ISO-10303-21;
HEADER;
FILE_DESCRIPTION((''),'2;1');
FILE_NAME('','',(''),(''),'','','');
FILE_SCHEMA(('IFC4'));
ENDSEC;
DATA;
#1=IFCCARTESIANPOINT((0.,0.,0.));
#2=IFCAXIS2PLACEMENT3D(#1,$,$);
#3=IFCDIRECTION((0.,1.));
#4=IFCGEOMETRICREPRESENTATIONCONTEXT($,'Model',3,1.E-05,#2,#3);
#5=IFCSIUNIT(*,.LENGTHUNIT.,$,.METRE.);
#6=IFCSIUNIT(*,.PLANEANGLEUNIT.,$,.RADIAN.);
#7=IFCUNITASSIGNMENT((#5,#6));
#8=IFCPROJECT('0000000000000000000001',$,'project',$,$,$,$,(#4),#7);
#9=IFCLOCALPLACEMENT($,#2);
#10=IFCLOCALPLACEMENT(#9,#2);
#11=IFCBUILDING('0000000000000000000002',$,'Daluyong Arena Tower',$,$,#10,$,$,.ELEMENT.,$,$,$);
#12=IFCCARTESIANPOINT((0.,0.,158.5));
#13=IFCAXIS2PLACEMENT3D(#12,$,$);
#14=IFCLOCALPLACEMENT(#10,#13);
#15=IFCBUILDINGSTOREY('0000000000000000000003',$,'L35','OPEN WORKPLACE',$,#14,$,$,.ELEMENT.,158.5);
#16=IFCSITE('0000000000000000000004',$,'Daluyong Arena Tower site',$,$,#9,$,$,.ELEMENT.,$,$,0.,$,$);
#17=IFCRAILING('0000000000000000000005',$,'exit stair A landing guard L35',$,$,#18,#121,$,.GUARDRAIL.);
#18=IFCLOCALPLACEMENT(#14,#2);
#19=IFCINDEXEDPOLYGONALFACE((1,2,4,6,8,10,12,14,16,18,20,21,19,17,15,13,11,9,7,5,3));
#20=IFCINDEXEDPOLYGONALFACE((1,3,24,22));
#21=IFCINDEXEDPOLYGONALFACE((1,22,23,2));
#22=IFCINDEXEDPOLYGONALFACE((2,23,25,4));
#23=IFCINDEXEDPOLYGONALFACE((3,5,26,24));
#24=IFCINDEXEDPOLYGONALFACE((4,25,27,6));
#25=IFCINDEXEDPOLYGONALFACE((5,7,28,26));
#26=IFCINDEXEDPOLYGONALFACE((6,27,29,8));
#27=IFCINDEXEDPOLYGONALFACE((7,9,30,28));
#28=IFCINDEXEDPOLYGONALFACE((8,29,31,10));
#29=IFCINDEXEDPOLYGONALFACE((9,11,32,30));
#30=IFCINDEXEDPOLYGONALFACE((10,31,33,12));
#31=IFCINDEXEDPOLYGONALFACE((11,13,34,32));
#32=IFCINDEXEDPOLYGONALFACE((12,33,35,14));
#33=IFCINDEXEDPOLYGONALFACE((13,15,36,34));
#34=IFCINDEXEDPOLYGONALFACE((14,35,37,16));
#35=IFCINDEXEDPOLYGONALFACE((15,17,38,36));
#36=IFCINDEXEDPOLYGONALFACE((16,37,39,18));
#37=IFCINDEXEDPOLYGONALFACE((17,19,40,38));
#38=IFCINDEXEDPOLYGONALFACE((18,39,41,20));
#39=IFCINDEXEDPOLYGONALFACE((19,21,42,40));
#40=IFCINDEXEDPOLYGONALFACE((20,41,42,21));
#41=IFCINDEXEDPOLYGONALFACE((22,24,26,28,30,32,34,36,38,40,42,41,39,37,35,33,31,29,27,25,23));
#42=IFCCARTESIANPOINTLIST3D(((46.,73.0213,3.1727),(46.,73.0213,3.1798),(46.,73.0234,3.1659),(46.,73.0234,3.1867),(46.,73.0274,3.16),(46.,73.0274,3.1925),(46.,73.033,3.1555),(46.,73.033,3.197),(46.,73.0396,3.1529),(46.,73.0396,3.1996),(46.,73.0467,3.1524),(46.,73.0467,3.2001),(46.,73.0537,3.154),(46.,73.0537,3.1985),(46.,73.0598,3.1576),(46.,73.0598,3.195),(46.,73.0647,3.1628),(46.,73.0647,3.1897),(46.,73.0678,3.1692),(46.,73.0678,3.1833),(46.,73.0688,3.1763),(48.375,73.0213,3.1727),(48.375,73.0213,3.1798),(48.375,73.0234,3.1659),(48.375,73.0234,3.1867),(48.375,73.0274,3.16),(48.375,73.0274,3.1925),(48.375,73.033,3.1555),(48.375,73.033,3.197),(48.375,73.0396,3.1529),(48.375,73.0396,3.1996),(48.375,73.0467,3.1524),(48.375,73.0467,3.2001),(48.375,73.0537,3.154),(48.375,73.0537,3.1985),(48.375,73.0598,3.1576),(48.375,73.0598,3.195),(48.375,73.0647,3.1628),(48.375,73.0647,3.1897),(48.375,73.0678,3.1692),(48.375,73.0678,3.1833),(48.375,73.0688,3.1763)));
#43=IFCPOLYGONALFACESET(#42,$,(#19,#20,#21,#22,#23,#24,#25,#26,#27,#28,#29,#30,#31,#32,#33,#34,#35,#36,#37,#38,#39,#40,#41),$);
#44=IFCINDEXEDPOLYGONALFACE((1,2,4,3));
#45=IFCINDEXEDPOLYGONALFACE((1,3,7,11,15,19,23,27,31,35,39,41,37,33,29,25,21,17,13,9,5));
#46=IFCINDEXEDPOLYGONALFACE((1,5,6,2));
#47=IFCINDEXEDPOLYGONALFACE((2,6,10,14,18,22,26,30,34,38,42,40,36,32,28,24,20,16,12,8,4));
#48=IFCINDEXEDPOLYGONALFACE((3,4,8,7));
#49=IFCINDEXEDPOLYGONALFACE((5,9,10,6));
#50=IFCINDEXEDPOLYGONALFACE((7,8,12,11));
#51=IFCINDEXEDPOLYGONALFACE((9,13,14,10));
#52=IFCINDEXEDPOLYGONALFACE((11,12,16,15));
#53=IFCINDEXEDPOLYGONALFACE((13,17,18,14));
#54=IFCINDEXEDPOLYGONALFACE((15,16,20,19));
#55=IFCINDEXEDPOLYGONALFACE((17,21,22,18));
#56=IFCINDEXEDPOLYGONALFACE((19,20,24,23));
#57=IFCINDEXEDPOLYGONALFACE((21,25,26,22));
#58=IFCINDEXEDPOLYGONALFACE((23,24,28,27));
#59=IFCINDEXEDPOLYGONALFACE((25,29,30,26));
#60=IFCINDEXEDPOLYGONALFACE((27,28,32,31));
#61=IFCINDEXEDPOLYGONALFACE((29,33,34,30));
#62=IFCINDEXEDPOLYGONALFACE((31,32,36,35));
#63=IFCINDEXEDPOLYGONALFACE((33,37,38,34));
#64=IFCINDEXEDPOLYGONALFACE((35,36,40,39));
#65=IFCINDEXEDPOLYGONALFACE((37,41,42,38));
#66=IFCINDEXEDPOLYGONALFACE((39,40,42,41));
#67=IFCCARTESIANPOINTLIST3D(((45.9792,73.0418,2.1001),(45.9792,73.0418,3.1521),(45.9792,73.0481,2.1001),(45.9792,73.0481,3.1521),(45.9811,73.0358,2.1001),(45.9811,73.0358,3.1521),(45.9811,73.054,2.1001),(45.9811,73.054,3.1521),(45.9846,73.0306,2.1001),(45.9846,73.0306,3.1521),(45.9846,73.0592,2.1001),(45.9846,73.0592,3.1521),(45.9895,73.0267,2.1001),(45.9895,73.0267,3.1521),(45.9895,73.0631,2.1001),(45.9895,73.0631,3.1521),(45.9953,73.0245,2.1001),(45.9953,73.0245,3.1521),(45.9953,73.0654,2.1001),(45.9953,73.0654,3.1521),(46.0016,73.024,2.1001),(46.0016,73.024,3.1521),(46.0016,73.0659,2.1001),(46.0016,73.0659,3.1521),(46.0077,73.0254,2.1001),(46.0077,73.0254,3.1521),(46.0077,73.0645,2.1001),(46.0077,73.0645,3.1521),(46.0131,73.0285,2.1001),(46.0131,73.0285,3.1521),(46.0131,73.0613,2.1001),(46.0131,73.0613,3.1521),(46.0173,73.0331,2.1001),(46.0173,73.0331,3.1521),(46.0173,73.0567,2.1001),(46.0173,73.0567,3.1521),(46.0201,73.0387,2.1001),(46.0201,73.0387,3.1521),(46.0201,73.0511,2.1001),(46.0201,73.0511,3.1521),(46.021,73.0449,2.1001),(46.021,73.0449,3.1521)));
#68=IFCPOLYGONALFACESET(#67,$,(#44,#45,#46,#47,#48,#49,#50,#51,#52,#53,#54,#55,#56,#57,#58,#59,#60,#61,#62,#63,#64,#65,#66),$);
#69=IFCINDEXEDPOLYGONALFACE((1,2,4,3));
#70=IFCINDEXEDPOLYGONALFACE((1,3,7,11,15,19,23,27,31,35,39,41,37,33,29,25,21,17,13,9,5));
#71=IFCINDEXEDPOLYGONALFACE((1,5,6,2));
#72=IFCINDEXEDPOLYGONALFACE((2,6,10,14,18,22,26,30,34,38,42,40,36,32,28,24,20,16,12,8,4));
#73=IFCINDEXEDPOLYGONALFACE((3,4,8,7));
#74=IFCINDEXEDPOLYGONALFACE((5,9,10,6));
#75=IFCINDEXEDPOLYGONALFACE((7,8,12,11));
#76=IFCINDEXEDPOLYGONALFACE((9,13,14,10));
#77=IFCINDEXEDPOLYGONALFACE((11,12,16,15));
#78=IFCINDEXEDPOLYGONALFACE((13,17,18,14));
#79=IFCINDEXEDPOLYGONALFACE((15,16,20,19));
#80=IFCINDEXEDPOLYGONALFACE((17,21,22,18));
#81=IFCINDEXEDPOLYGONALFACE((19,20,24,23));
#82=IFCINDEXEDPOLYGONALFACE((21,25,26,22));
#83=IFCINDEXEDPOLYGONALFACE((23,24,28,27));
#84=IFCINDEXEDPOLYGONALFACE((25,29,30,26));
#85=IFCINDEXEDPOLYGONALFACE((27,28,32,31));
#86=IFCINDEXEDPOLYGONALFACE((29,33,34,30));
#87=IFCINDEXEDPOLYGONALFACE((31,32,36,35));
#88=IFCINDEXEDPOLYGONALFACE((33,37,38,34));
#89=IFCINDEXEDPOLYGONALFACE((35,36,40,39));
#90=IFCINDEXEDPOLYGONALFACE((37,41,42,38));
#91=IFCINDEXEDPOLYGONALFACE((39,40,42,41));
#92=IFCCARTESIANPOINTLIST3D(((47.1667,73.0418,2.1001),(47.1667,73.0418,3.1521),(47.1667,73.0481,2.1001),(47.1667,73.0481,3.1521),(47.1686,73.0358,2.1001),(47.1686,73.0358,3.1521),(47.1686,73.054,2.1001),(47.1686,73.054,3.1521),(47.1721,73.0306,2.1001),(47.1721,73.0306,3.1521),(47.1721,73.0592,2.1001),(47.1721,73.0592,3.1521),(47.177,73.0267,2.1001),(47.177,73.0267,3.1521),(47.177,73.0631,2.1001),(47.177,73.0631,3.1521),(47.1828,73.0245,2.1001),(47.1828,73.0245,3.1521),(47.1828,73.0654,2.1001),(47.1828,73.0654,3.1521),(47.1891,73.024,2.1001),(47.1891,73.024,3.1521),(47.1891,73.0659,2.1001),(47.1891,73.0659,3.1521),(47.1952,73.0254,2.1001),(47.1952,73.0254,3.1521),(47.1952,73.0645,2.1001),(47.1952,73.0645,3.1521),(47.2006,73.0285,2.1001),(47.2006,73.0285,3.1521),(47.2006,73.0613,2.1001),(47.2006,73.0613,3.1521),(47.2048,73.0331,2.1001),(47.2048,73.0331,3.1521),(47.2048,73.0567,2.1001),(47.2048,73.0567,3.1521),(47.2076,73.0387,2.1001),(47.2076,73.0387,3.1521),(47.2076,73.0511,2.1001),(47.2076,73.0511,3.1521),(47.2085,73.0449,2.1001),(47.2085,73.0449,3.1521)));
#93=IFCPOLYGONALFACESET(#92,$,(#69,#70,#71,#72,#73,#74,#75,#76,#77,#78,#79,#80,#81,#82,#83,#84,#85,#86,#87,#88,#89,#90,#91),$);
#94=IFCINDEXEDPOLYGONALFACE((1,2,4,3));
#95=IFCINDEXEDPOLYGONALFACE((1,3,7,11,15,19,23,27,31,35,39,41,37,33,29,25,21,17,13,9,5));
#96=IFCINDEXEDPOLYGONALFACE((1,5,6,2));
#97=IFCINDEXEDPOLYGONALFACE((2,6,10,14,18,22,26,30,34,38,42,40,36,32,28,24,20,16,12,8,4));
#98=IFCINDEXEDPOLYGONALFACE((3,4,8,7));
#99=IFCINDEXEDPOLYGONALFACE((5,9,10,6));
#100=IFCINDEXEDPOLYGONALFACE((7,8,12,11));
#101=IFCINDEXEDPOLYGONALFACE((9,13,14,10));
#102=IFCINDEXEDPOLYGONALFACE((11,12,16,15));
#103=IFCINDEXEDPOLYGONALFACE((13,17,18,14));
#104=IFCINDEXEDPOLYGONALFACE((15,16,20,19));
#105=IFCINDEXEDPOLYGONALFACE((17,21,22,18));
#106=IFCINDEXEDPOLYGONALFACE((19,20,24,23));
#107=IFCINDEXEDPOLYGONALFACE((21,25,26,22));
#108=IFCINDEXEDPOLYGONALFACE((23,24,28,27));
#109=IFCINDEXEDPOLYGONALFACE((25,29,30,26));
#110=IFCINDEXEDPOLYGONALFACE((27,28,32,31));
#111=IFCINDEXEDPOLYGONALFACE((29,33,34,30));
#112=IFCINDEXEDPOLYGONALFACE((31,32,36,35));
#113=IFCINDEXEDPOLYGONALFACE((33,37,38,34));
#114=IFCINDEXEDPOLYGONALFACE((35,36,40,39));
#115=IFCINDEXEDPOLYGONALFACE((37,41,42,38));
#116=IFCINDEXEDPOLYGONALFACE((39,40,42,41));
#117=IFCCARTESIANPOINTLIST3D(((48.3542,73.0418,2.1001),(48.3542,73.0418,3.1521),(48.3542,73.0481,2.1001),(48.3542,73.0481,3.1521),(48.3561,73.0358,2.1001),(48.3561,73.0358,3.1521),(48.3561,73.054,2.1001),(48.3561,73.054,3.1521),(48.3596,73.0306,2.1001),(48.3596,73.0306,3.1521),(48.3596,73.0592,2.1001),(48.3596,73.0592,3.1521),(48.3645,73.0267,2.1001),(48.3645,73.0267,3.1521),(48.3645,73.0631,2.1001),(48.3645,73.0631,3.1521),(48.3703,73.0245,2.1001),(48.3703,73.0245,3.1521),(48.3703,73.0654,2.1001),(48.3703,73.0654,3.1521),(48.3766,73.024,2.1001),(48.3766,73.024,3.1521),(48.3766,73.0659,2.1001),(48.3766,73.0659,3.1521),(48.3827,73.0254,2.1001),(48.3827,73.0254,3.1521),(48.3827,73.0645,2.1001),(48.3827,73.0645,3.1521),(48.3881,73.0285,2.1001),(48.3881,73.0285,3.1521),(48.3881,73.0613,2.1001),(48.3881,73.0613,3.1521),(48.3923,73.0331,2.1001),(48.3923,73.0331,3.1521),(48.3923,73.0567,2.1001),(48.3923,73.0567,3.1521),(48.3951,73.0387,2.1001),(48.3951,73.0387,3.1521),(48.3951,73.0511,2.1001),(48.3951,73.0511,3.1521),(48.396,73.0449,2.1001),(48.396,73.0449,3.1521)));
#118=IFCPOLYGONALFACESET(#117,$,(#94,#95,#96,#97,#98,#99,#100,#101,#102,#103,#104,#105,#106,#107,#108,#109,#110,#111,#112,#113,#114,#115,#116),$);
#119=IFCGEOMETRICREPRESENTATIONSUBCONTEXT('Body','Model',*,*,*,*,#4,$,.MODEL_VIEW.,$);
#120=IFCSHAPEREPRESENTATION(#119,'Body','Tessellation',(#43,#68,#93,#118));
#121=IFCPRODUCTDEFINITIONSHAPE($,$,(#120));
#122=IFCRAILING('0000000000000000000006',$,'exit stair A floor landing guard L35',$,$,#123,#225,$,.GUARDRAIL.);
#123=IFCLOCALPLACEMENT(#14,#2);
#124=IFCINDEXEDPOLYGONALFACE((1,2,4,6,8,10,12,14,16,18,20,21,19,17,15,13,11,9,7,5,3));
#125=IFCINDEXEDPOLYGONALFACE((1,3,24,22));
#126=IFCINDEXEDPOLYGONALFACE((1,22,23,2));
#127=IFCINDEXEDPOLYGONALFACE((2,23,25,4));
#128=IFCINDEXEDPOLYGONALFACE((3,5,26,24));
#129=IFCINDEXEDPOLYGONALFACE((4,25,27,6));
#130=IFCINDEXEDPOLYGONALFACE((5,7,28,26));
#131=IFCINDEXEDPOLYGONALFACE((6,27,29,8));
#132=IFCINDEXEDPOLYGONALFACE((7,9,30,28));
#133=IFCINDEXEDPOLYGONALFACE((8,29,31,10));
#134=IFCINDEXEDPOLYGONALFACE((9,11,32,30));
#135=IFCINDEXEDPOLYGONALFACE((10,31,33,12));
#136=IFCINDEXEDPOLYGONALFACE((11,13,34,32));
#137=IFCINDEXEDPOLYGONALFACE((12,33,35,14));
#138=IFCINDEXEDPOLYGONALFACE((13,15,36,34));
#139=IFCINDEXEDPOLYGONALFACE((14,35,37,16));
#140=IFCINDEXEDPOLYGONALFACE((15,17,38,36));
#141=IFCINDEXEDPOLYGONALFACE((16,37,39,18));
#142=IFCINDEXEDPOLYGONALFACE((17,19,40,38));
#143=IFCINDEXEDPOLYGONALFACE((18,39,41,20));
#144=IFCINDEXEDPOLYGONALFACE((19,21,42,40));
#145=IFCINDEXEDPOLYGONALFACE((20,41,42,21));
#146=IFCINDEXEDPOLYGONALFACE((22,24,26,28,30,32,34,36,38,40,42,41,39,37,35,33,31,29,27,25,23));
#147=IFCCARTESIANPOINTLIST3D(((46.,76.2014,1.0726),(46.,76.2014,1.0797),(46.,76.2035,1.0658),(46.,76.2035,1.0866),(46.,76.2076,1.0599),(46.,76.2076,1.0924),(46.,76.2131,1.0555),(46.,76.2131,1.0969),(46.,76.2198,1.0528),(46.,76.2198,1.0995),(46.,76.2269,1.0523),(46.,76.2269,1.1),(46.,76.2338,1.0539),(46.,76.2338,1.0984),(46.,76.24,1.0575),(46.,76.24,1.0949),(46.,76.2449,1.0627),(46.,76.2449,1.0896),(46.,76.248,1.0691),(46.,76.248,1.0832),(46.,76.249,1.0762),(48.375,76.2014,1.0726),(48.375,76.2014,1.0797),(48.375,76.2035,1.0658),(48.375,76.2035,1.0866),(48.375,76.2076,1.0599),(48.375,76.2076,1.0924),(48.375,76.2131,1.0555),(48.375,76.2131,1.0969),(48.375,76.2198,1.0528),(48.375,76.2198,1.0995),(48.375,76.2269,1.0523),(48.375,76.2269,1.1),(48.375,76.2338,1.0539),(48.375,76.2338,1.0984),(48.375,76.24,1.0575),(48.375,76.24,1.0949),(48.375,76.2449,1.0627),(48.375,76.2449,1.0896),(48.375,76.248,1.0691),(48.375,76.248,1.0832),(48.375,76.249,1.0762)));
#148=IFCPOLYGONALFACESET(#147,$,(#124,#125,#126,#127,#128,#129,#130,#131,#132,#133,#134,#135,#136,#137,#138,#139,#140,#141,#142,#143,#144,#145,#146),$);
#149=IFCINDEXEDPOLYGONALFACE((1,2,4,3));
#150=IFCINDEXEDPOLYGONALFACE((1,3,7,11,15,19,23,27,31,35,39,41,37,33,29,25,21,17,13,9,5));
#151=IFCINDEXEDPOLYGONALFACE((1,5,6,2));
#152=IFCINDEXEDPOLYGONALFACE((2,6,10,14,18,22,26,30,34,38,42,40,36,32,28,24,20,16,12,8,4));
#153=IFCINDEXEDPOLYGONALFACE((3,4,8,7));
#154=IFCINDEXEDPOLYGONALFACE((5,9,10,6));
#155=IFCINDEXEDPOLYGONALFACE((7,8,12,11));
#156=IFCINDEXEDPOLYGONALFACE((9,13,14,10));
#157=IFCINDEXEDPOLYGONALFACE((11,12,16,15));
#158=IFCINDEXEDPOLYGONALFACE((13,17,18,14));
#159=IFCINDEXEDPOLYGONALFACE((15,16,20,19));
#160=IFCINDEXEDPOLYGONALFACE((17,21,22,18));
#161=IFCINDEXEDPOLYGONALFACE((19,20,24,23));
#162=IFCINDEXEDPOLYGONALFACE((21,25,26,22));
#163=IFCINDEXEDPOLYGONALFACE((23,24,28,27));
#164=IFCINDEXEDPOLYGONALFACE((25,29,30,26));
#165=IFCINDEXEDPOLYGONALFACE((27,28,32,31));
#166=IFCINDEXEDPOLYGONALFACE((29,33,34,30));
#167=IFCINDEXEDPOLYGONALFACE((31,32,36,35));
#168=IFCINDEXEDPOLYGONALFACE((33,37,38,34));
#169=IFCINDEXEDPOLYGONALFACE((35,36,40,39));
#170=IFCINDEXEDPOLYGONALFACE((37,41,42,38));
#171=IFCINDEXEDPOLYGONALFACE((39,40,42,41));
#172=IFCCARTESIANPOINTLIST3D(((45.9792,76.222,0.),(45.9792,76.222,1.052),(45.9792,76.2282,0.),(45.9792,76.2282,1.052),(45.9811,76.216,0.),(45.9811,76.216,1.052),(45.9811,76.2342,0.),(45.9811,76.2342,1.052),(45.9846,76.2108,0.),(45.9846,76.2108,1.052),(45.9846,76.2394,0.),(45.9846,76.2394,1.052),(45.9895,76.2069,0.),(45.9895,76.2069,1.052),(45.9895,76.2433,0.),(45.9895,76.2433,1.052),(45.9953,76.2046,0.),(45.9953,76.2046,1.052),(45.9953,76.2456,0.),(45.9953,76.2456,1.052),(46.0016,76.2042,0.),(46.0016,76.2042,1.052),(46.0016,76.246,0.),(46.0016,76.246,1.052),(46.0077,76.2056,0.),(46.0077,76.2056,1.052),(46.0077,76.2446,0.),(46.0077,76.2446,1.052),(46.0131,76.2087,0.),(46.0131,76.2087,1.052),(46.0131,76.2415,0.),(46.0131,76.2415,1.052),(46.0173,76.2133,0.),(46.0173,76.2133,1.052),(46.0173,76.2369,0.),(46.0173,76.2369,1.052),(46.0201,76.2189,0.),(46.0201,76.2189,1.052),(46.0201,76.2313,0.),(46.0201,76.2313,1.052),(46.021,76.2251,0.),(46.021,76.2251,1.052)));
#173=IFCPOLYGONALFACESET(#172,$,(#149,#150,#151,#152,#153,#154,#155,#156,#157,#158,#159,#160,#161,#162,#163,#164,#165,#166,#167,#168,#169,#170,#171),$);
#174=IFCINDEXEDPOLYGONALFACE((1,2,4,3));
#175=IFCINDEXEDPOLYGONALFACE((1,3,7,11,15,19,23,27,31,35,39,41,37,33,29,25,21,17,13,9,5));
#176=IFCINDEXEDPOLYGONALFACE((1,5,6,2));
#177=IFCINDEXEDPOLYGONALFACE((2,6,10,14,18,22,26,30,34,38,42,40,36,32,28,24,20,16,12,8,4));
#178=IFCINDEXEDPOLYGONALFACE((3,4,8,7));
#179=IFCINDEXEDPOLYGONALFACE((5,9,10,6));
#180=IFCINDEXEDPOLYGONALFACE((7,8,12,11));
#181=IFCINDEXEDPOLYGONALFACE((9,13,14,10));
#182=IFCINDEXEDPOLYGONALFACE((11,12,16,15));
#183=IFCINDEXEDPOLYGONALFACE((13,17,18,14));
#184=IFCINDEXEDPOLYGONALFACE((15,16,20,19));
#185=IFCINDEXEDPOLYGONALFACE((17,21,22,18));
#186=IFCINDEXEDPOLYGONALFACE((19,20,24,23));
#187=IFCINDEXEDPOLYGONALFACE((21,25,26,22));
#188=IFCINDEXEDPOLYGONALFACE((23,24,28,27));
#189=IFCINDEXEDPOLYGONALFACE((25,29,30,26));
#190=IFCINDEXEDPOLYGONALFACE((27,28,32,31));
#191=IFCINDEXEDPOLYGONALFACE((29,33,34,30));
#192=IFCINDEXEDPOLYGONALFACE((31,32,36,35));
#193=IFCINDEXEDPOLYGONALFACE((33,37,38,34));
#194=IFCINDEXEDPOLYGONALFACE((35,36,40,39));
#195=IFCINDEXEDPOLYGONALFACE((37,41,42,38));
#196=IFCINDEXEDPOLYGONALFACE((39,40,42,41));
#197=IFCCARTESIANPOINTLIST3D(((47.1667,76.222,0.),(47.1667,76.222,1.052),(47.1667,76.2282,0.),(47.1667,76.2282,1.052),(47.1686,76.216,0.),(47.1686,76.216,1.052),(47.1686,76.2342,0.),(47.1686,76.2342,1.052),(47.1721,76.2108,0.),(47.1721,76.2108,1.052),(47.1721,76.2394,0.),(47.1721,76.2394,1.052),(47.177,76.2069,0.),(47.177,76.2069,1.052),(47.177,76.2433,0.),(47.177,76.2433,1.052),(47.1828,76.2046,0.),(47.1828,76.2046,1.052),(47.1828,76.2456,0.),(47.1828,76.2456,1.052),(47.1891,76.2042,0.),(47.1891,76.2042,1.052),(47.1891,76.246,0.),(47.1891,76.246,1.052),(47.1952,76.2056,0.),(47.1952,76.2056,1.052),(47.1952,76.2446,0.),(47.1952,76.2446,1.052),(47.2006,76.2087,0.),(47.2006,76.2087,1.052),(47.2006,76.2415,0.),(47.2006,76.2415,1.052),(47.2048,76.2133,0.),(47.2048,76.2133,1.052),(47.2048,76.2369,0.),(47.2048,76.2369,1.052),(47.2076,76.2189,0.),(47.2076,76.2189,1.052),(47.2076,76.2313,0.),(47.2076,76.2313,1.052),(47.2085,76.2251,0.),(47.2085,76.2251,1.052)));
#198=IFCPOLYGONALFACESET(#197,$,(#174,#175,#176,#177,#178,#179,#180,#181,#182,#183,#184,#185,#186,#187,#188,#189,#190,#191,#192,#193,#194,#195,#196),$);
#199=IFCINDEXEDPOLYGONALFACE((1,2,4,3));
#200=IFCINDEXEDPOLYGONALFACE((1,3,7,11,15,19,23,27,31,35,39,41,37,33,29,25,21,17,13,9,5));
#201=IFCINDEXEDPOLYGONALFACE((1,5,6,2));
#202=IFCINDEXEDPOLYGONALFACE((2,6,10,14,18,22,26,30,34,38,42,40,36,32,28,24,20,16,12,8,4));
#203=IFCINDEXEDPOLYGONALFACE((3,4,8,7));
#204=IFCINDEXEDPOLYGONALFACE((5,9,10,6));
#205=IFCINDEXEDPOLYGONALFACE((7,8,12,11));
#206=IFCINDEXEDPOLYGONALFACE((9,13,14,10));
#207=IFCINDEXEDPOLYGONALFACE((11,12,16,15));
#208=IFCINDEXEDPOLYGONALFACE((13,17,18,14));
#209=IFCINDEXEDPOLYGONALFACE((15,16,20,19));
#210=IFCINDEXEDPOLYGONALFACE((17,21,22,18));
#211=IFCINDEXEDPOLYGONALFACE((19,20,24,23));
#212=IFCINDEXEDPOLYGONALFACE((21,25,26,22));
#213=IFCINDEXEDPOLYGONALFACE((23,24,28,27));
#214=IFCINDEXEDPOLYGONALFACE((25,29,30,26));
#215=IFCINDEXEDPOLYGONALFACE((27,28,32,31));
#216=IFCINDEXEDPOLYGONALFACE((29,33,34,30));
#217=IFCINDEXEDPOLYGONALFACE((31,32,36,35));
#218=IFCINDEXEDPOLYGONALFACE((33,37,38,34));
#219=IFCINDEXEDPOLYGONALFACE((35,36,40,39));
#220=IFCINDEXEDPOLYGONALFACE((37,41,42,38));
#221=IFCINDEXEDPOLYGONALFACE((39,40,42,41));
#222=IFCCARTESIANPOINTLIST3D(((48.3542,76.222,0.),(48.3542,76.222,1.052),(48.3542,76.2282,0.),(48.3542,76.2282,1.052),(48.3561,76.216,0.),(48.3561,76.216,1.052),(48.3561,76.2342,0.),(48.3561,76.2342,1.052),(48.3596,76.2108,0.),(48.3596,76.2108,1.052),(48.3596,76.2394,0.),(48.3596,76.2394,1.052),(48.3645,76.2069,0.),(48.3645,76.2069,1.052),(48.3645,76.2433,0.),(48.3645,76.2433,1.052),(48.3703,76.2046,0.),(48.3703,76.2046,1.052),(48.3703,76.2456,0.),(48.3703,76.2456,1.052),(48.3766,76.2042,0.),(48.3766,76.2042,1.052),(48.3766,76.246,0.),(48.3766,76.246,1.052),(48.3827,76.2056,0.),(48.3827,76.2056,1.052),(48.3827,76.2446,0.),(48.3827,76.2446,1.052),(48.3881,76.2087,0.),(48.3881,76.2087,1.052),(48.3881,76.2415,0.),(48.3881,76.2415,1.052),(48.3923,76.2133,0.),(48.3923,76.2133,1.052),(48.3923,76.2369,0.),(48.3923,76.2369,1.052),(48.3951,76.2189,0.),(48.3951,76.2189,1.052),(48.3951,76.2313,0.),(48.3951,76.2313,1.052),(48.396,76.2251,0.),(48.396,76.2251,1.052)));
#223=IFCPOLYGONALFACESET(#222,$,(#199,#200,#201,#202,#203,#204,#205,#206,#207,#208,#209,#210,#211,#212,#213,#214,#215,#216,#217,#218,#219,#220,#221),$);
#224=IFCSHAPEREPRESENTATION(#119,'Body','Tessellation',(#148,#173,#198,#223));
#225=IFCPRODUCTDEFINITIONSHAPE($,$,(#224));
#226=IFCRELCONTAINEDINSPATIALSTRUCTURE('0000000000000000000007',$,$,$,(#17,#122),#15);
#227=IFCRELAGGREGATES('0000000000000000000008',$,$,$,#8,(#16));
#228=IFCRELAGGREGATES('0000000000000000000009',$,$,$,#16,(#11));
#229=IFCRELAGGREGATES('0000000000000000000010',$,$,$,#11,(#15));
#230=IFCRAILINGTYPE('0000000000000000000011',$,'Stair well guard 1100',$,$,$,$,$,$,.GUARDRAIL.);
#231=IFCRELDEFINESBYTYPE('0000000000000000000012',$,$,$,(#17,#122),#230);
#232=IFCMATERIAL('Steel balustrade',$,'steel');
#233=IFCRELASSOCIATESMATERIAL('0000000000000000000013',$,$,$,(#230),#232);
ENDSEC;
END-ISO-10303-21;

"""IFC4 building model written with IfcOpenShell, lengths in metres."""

from ifc_helpers import new_model, si_unit, direction, frame, origin, origin_2d, place, context, subcontext, project, spatial, circle, extrude, material, type_object, element, save


model = new_model("IFC4")

# Units and contexts
model_context = context("Model", 3, precision=1e-05, world=origin(), true_north=direction((0.0, 1.0)))
body_context = subcontext(model_context, "Body", "Model", "MODEL_VIEW")
ifc_project = project(units=[si_unit("LENGTHUNIT", "METRE"), si_unit("PLANEANGLEUNIT", "RADIAN")], contexts=[model_context])

# Site, building, storey
site_placement = place(None, origin())
site = spatial("IfcSite", under=ifc_project, at=site_placement, Name="Daluyong Arena Tower site", CompositionType="ELEMENT", RefElevation=0.0)
building_placement = place(site_placement, origin())
building = spatial("IfcBuilding", under=site, at=building_placement, Name="Daluyong Arena Tower", CompositionType="ELEMENT")
storey_placement = place(building_placement, frame((0.0, 0.0, 158.5)))
storey = spatial("IfcBuildingStorey", under=building, at=storey_placement, Name="L35", Description="OPEN WORKPLACE", CompositionType="ELEMENT", Elevation=158.5)

# Railings
ifc_material_1 = material(Name="Steel balustrade", Category="steel")
railing_type_1 = type_object("IfcRailingType", Name="Stair well guard 1100", PredefinedType="GUARDRAIL", material=ifc_material_1)
for number, where, name in (
    (1, (46.0, 73.0449, 2.1001), "exit stair A landing guard L35"),
    (2, (46.0, 76.2251, 0.0), "exit stair A floor landing guard L35"),
):
    element("IfcRailing", number, at=place(storey_placement, frame(where)), inside=storey, type_object=railing_type_1, Name=name, PredefinedType="GUARDRAIL", context=body_context, shape_type="SweptSolid", body=[
        extrude(circle(Radius=0.0239, at=origin_2d()), frame((0.0, 0.0, 1.0762), z_axis=(1.0, 0.0, 0.0), x_axis=(0.0, 1.0, 0.0)), (0.0, 0.0, 1.0), 2.375),
        extrude(circle(Radius=0.021, at=origin_2d()), origin(), (0.0, 0.0, 1.0), 1.052),
        extrude(circle(Radius=0.021, at=origin_2d()), frame((1.1875, 0.0, 0.0)), (0.0, 0.0, 1.0), 1.052),
        extrude(circle(Radius=0.021, at=origin_2d()), frame((2.375, 0.0, 0.0)), (0.0, 0.0, 1.0), 1.052),
    ])

save(model, "model.ifc")
